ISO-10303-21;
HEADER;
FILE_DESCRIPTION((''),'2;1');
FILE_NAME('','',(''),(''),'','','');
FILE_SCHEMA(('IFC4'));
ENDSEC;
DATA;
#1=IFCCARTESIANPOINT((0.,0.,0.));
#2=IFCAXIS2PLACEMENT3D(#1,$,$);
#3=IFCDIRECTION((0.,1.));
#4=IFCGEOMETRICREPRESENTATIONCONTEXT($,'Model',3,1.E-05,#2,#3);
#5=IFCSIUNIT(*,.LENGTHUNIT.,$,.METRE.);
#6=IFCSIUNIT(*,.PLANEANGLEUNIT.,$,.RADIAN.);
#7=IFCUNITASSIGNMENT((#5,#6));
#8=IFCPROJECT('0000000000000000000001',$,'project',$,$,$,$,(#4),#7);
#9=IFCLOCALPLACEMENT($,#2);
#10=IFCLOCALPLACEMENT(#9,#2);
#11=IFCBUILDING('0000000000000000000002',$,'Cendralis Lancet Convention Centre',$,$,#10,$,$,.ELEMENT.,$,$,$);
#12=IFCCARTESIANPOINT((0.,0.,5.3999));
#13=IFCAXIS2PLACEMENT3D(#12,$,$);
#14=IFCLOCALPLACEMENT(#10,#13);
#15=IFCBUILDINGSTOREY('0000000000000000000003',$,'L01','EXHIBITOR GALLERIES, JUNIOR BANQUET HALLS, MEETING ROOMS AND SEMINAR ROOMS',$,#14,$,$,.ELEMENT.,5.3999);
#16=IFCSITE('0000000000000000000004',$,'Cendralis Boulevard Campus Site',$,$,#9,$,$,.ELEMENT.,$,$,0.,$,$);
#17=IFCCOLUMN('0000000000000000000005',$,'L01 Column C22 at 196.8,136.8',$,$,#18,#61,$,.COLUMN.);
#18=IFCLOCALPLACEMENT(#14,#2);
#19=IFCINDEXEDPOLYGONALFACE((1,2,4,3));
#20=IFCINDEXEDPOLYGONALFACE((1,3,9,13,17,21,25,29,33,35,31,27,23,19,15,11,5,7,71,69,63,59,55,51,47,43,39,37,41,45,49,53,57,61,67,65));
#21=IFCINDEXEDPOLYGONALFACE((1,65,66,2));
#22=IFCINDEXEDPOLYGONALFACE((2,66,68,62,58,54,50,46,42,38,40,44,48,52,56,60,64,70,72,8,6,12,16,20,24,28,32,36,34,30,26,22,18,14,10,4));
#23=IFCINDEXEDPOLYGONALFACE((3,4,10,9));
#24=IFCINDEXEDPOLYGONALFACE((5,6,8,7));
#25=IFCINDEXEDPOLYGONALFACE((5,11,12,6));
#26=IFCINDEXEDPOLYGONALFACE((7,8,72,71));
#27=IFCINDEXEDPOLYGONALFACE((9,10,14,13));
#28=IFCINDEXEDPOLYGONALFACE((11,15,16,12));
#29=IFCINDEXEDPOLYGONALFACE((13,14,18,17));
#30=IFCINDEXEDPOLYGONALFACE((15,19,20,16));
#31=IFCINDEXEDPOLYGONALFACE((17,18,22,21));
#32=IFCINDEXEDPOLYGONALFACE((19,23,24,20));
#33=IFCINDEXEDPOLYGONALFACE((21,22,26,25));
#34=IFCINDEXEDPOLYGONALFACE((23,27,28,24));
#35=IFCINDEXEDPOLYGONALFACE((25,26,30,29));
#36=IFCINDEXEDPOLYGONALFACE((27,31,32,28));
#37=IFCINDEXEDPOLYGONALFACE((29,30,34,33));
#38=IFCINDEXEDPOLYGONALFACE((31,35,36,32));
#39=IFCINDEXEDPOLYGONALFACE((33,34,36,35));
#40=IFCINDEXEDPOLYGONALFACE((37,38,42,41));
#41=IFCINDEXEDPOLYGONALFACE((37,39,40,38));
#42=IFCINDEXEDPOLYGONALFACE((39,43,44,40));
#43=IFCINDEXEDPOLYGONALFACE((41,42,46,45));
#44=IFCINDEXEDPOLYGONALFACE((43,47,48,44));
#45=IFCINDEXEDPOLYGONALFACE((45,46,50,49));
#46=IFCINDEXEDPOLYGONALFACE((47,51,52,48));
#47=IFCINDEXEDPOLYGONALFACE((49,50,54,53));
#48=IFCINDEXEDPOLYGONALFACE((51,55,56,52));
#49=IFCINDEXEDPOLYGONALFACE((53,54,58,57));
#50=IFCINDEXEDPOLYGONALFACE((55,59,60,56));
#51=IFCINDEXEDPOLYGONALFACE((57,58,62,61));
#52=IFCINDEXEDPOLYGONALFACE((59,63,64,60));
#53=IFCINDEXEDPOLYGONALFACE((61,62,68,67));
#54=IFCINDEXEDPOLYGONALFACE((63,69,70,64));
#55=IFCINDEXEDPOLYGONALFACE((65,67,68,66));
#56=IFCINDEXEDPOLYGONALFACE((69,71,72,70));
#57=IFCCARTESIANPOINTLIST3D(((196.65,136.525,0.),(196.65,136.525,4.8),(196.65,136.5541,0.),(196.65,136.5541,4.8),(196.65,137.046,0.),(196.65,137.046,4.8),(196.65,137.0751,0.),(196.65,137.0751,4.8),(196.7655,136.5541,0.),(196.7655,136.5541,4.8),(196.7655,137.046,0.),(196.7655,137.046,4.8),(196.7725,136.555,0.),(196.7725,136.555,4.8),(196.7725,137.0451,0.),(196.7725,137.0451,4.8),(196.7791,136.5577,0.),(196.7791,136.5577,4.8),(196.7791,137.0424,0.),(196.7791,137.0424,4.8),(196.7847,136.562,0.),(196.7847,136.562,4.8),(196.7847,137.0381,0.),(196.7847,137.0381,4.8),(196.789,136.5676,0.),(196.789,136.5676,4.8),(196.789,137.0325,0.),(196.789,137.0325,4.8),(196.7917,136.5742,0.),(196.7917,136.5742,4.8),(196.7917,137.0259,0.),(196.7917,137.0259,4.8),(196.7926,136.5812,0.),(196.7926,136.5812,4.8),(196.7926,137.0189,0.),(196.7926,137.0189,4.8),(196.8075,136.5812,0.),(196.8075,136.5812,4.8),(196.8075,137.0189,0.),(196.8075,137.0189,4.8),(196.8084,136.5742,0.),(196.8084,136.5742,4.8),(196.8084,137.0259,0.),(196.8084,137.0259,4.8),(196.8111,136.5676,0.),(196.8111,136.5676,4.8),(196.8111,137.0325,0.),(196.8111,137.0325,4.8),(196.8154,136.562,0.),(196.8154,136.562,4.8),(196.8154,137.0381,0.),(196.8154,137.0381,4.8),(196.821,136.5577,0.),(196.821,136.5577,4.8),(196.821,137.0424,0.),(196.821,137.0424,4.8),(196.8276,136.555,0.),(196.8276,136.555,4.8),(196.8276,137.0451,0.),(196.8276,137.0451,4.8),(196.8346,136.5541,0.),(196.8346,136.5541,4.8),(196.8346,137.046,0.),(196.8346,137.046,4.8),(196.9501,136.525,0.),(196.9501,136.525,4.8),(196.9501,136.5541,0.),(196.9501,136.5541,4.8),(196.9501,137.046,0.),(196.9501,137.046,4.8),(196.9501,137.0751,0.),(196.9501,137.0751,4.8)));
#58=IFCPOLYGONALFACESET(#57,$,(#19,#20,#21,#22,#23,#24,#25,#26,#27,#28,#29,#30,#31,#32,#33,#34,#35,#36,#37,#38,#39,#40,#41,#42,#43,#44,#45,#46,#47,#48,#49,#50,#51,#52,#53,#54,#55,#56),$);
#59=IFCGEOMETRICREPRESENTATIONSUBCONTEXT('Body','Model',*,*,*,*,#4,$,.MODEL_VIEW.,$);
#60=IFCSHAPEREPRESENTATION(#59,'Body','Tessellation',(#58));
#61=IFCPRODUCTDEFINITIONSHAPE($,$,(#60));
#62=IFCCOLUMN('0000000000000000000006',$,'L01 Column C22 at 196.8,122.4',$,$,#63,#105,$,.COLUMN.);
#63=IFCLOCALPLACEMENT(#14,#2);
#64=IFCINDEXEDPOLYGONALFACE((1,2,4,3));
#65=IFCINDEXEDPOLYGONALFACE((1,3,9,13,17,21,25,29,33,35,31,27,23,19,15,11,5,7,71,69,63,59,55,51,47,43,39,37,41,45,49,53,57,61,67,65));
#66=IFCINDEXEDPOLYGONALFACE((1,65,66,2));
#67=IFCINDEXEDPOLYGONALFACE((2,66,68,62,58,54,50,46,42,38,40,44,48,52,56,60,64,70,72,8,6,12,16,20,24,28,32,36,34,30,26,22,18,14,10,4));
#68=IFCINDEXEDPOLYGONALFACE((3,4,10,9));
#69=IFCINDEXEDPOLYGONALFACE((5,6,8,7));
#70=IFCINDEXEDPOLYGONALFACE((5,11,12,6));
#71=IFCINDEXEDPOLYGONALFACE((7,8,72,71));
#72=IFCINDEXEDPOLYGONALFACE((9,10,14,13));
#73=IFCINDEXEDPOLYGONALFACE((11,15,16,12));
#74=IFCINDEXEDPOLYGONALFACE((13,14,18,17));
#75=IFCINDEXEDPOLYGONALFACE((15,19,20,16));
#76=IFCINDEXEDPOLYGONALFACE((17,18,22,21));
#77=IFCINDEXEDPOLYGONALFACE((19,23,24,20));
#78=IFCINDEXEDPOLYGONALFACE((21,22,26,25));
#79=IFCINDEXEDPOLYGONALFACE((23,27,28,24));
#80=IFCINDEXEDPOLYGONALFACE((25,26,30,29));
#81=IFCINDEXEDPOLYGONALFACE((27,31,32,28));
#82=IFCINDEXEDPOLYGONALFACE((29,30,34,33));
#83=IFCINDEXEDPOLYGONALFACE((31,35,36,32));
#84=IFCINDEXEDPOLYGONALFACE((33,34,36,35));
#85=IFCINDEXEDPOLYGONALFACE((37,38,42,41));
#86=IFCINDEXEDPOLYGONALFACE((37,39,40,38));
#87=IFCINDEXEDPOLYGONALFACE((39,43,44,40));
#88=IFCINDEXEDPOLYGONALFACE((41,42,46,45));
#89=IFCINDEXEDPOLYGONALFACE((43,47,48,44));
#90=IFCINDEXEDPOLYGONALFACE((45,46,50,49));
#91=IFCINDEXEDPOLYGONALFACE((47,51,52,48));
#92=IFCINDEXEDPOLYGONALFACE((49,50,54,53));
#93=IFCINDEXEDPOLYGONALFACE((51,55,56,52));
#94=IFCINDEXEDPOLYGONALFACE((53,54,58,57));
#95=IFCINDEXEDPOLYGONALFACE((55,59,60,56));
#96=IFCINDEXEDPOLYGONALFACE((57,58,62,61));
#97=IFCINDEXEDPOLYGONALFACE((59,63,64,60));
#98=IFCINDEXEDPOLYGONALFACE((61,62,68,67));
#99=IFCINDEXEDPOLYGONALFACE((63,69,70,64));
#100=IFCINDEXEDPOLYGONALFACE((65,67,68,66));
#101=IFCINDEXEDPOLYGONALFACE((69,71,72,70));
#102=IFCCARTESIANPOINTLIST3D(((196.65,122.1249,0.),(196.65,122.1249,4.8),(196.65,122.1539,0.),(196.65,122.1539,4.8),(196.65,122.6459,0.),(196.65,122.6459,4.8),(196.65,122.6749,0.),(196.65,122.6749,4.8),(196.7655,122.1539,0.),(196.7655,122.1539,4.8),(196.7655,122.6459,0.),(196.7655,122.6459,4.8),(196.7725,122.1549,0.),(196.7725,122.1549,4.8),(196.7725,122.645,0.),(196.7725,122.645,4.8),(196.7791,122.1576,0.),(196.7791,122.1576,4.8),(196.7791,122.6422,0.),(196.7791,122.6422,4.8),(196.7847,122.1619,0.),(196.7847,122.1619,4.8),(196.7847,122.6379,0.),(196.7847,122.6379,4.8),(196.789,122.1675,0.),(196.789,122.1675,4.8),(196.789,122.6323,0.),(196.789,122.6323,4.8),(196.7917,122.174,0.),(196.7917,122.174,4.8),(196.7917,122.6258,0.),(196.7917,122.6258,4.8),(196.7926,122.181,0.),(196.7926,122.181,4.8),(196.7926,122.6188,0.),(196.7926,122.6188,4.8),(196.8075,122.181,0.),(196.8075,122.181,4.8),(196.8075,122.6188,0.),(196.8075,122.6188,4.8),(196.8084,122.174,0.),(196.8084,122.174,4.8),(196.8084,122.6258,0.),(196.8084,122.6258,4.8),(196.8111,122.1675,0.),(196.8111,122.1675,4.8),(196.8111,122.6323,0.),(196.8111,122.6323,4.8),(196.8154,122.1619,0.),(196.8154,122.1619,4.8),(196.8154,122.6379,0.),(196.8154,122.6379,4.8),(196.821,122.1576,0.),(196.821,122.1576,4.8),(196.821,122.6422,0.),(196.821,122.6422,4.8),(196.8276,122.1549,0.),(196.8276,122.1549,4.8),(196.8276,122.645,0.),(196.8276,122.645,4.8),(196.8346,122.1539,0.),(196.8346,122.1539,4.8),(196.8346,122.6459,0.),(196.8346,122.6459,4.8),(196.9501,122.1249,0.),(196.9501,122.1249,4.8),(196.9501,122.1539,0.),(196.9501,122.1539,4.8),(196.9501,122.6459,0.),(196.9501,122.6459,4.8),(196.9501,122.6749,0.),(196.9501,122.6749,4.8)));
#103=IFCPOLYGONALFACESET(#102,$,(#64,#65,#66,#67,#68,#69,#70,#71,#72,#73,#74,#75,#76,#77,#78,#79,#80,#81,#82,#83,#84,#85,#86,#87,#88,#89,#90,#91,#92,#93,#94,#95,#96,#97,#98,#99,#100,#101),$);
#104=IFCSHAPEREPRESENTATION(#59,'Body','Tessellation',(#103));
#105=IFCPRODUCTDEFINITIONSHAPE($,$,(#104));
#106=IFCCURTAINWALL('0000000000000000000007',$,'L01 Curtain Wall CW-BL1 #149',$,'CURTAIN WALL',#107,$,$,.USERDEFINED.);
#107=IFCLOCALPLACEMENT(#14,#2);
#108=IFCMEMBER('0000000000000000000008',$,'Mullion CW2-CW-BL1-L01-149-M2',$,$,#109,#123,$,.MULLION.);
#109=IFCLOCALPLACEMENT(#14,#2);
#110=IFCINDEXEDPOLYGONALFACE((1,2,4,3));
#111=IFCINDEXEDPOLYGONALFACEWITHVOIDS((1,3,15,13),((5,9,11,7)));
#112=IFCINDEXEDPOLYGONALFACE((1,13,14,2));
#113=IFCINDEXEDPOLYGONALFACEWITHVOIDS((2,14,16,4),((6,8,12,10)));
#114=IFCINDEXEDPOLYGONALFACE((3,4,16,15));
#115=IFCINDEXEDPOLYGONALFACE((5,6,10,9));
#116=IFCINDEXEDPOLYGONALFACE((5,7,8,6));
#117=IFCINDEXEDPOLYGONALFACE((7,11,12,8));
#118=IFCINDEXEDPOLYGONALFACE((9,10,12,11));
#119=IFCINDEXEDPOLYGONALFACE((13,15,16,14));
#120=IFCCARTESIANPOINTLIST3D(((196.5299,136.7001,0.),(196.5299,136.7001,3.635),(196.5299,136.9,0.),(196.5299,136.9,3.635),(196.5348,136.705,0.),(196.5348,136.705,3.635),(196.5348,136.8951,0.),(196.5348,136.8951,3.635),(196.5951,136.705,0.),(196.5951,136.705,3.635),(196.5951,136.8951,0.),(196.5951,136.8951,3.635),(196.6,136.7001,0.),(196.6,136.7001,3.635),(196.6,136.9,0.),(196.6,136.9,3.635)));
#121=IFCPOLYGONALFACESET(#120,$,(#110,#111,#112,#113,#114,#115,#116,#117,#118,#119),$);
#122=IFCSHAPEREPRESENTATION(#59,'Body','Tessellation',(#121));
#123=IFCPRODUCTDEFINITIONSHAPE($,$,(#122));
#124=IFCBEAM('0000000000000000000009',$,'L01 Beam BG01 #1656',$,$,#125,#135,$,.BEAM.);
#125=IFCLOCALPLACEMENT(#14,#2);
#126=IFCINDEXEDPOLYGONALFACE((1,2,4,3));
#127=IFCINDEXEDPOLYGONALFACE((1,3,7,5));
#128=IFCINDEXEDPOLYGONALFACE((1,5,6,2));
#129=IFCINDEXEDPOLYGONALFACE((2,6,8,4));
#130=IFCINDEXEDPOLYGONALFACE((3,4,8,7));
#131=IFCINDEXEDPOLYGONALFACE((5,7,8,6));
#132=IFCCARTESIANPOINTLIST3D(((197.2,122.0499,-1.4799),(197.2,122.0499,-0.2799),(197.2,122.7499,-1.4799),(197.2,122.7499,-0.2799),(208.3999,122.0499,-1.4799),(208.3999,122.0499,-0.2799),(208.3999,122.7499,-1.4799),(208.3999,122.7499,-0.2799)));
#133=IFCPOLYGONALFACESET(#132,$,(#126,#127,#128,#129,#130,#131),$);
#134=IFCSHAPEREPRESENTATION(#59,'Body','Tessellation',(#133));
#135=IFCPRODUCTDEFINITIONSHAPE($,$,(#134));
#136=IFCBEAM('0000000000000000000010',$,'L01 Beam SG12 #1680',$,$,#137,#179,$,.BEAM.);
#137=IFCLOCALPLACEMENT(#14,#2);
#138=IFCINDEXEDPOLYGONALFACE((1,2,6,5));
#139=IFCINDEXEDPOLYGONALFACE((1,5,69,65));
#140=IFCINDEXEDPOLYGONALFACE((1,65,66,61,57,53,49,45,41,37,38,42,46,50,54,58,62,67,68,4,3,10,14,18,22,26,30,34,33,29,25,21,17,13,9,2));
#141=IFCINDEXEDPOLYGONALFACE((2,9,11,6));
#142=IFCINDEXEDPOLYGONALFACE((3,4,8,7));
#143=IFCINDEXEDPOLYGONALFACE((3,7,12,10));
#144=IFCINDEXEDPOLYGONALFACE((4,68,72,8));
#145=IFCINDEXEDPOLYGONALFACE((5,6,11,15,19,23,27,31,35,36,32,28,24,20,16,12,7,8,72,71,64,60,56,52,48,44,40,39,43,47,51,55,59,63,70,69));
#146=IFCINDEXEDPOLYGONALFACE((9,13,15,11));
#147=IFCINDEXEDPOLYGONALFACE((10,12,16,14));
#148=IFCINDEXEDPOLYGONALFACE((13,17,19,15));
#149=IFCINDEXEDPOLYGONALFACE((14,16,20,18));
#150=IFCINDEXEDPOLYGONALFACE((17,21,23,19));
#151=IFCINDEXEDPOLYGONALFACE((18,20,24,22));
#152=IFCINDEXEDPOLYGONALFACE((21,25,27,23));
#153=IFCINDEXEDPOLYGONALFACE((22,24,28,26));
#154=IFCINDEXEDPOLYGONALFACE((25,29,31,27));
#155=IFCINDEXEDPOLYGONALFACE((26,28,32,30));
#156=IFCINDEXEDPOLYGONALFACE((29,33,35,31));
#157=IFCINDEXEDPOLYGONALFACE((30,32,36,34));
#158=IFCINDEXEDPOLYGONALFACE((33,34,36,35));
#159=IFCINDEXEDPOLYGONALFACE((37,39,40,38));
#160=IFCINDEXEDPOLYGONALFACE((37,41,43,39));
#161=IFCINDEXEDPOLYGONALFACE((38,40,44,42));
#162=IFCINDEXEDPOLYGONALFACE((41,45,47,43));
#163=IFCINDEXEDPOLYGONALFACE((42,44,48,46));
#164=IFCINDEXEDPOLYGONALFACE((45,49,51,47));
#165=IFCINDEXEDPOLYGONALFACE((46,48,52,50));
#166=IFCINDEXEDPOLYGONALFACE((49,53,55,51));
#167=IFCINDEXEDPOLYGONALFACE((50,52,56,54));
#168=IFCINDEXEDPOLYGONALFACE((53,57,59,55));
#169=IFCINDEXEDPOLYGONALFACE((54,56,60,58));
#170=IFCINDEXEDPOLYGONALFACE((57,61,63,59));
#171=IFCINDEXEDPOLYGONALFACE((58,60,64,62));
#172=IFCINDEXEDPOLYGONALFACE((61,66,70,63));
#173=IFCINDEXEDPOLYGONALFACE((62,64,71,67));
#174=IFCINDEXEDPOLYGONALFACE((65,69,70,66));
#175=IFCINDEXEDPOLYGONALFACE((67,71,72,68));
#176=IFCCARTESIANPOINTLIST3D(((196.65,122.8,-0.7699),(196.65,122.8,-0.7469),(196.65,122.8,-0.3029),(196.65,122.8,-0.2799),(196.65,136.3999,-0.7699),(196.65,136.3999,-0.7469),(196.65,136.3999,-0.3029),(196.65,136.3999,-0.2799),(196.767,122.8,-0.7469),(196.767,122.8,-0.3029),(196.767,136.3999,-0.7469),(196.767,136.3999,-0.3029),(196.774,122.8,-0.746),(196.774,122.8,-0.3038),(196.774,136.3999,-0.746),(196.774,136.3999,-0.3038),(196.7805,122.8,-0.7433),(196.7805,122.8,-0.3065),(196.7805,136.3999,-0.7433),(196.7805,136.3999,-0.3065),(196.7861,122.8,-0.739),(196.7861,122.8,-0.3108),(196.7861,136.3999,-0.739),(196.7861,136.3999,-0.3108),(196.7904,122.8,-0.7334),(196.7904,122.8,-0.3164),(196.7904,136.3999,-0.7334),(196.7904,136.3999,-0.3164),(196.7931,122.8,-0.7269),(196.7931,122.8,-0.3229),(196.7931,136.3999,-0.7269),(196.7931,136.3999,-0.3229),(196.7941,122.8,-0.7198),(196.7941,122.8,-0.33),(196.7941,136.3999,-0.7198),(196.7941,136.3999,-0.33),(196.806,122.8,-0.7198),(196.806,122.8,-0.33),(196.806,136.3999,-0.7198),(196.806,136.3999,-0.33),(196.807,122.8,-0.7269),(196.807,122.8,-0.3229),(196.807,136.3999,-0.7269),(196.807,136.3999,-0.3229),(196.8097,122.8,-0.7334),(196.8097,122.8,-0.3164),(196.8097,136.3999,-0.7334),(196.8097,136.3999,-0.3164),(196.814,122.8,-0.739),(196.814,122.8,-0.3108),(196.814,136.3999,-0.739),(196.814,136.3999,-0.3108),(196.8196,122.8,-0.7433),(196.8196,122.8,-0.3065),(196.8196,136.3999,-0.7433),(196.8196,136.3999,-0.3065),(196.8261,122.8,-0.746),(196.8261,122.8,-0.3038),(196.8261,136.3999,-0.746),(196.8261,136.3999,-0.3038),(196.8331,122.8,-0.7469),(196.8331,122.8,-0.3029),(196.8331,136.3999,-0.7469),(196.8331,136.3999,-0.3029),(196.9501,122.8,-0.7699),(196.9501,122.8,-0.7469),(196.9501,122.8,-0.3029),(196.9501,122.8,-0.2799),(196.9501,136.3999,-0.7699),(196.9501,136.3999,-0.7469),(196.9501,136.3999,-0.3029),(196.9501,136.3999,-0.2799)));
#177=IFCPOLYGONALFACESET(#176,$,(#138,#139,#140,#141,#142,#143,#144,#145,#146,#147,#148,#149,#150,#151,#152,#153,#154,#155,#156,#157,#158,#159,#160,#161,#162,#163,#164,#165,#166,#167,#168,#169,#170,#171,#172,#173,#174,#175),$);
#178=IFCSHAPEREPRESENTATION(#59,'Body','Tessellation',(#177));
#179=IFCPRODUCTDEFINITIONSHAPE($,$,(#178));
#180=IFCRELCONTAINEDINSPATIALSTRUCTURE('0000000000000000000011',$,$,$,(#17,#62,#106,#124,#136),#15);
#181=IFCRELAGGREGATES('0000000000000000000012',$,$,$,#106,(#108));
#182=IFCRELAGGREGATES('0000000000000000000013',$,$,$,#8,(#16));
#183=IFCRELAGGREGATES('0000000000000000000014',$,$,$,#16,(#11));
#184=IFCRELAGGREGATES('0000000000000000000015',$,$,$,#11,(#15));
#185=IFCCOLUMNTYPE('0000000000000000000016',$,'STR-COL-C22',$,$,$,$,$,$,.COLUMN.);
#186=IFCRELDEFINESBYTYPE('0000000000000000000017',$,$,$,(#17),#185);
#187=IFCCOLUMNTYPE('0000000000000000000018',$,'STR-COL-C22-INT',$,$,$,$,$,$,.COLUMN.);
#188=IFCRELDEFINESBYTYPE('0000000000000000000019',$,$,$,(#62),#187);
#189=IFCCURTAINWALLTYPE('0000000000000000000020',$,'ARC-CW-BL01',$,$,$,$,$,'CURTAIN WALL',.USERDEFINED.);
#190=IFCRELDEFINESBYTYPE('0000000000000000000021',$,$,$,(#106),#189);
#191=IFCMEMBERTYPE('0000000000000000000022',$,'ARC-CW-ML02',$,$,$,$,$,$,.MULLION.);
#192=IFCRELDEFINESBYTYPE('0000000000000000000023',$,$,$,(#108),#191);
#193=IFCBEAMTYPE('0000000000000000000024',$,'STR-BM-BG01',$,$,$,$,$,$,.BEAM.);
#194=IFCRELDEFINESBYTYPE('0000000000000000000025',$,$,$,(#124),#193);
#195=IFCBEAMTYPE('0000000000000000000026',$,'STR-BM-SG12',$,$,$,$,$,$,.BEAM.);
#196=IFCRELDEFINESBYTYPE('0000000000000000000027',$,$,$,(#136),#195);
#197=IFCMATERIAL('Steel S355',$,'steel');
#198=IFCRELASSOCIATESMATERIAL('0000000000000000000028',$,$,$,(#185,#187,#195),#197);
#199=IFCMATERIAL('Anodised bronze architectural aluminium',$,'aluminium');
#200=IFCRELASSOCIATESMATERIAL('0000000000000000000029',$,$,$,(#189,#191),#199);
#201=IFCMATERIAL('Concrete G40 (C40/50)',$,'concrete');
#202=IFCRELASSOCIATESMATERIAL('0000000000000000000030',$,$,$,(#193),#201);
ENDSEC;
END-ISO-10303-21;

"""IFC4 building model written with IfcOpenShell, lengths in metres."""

from ifc_helpers import new_model, si_unit, direction, frame, origin, origin_2d, place, context, subcontext, project, spatial, rectangle, hollow_rectangle, i_section, extrude, material, material_profile, profile_set, type_object, element, aggregate, save


model = new_model("IFC4")

# Units and contexts
model_context = context("Model", 3, precision=1e-05, world=origin(), true_north=direction((0.0, 1.0)))
body_context = subcontext(model_context, "Body", "Model", "MODEL_VIEW")
ifc_project = project(units=[si_unit("LENGTHUNIT", "METRE"), si_unit("PLANEANGLEUNIT", "RADIAN")], contexts=[model_context])

# Site, building, storey
site_placement = place(None, origin())
site = spatial("IfcSite", under=ifc_project, at=site_placement, Name="Cendralis Boulevard Campus Site", CompositionType="ELEMENT", RefElevation=0.0)
building_placement = place(site_placement, origin())
building = spatial("IfcBuilding", under=site, at=building_placement, Name="Cendralis Lancet Convention Centre", CompositionType="ELEMENT")
storey_placement = place(building_placement, frame((0.0, 0.0, 5.3999)))
storey = spatial("IfcBuildingStorey", under=building, at=storey_placement, Name="L01", Description="EXHIBITOR GALLERIES, JUNIOR BANQUET HALLS, MEETING ROOMS AND SEMINAR ROOMS", CompositionType="ELEMENT", Elevation=5.3999)

# Columns
ifc_material_1 = material(Name="Steel S355", Category="steel")
ifc_material_profile_1 = material_profile(ifc_material_1, i_section(OverallWidth=0.3, OverallDepth=0.55, WebThickness=0.0149, FlangeThickness=0.0291, FilletRadius=0.0271, at=origin_2d()), Name="HEB 550")
ifc_profile_set_1 = profile_set([ifc_material_profile_1], Name="Steel S355")
column_type_1 = type_object("IfcColumnType", Name="STR-COL-C22", PredefinedType="COLUMN", material=ifc_profile_set_1)
column_1_placement = place(storey_placement, frame((196.8, 136.8, 0.0), z_axis=(0.0, 0.0, 1.0), x_axis=(1.0, 0.0, 0.0)))
element("IfcColumn", 1, at=column_1_placement, inside=storey, type_object=column_type_1, Name="L01 Column C22 at 196.8,136.8", PredefinedType="COLUMN", context=body_context, shape_type="SweptSolid", body=[
    extrude(i_section(OverallWidth=0.3, OverallDepth=0.55, WebThickness=0.0149, FlangeThickness=0.0291, FilletRadius=0.0271, at=origin_2d()), origin(), (0.0, 0.0, 1.0), 4.8),
])
ifc_material_profile_2 = material_profile(ifc_material_1, i_section(OverallWidth=0.3, OverallDepth=0.55, WebThickness=0.0149, FlangeThickness=0.0291, FilletRadius=0.0271, at=origin_2d()), Name="HEB 550")
ifc_profile_set_2 = profile_set([ifc_material_profile_2], Name="Steel S355")
column_type_2 = type_object("IfcColumnType", Name="STR-COL-C22-INT", PredefinedType="COLUMN", material=ifc_profile_set_2)
column_2_placement = place(storey_placement, frame((196.8, 122.3999, 0.0), z_axis=(0.0, 0.0, 1.0), x_axis=(1.0, 0.0, 0.0)))
element("IfcColumn", 2, at=column_2_placement, inside=storey, type_object=column_type_2, Name="L01 Column C22 at 196.8,122.4", PredefinedType="COLUMN", context=body_context, shape_type="SweptSolid", body=[
    extrude(i_section(OverallWidth=0.3, OverallDepth=0.55, WebThickness=0.0149, FlangeThickness=0.0291, FilletRadius=0.0271, at=origin_2d()), origin(), (0.0, 0.0, 1.0), 4.8),
])

# Curtain wall, member
ifc_material_2 = material(Name="Anodised bronze architectural aluminium", Category="aluminium")
curtain_wall_type = type_object("IfcCurtainWallType", Name="ARC-CW-BL01", ElementType="CURTAIN WALL", PredefinedType="USERDEFINED", material=ifc_material_2)
curtain_wall_placement = place(storey_placement, origin())
curtain_wall = element("IfcCurtainWall", 3, at=curtain_wall_placement, inside=storey, type_object=curtain_wall_type, Name="L01 Curtain Wall CW-BL1 #149", ObjectType="CURTAIN WALL", PredefinedType="USERDEFINED")
ifc_material_profile_3 = material_profile(ifc_material_2, hollow_rectangle(XDim=0.0701, YDim=0.2, WallThickness=0.0049, at=origin_2d()), Name="AL-MULL 70x200x5.0")
ifc_profile_set_3 = profile_set([ifc_material_profile_3], Name="Anodised bronze architectural aluminium")
member_type = type_object("IfcMemberType", Name="ARC-CW-ML02", PredefinedType="MULLION", material=ifc_profile_set_3)
member_placement = place(storey_placement, frame((196.5649, 136.8, 0.0), z_axis=(0.0, 0.0, 1.0), x_axis=(1.0, 0.0, 0.0)))
member = element("IfcMember", 4, at=member_placement, type_object=member_type, Name="Mullion CW2-CW-BL1-L01-149-M2", PredefinedType="MULLION", context=body_context, shape_type="SweptSolid", body=[
    extrude(hollow_rectangle(XDim=0.0701, YDim=0.2, WallThickness=0.0049, at=origin_2d()), origin(), (0.0, 0.0, 1.0), 3.635),
])

# Beams
ifc_material_3 = material(Name="Concrete G40 (C40/50)", Category="concrete")
ifc_material_profile_4 = material_profile(ifc_material_3, rectangle(XDim=0.7, YDim=1.2, at=origin_2d()), Name="RCB 700x1200")
ifc_profile_set_4 = profile_set([ifc_material_profile_4], Name="Concrete G40 (C40/50)")
beam_type_1 = type_object("IfcBeamType", Name="STR-BM-BG01", PredefinedType="BEAM", material=ifc_profile_set_4)
beam_1_placement = place(storey_placement, frame((197.2, 122.3999, -0.8799), z_axis=(1.0, 0.0, 0.0), x_axis=(0.0, 1.0, 0.0)))
element("IfcBeam", 5, at=beam_1_placement, inside=storey, type_object=beam_type_1, Name="L01 Beam BG01 #1656", PredefinedType="BEAM", context=body_context, shape_type="SweptSolid", body=[
    extrude(rectangle(XDim=0.7, YDim=1.2, at=origin_2d()), origin(), (0.0, 0.0, 1.0), 11.2),
])
ifc_material_profile_5 = material_profile(ifc_material_1, i_section(OverallWidth=0.3, OverallDepth=0.49, WebThickness=0.012, FlangeThickness=0.0229, FilletRadius=0.0271, at=origin_2d()), Name="HEA 500")
ifc_profile_set_5 = profile_set([ifc_material_profile_5], Name="Steel S355")
beam_type_2 = type_object("IfcBeamType", Name="STR-BM-SG12", PredefinedType="BEAM", material=ifc_profile_set_5)
beam_2_placement = place(storey_placement, frame((196.8, 122.8, -0.5249), z_axis=(0.0, 1.0, 0.0), x_axis=(-1.0, 0.0, 0.0)))
element("IfcBeam", 6, at=beam_2_placement, inside=storey, type_object=beam_type_2, Name="L01 Beam SG12 #1680", PredefinedType="BEAM", context=body_context, shape_type="SweptSolid", body=[
    extrude(i_section(OverallWidth=0.3, OverallDepth=0.49, WebThickness=0.012, FlangeThickness=0.0229, FilletRadius=0.0271, at=origin_2d()), origin(), (0.0, 0.0, 1.0), 13.5999),
])

aggregate(curtain_wall, [member])

save(model, "model.ifc")
